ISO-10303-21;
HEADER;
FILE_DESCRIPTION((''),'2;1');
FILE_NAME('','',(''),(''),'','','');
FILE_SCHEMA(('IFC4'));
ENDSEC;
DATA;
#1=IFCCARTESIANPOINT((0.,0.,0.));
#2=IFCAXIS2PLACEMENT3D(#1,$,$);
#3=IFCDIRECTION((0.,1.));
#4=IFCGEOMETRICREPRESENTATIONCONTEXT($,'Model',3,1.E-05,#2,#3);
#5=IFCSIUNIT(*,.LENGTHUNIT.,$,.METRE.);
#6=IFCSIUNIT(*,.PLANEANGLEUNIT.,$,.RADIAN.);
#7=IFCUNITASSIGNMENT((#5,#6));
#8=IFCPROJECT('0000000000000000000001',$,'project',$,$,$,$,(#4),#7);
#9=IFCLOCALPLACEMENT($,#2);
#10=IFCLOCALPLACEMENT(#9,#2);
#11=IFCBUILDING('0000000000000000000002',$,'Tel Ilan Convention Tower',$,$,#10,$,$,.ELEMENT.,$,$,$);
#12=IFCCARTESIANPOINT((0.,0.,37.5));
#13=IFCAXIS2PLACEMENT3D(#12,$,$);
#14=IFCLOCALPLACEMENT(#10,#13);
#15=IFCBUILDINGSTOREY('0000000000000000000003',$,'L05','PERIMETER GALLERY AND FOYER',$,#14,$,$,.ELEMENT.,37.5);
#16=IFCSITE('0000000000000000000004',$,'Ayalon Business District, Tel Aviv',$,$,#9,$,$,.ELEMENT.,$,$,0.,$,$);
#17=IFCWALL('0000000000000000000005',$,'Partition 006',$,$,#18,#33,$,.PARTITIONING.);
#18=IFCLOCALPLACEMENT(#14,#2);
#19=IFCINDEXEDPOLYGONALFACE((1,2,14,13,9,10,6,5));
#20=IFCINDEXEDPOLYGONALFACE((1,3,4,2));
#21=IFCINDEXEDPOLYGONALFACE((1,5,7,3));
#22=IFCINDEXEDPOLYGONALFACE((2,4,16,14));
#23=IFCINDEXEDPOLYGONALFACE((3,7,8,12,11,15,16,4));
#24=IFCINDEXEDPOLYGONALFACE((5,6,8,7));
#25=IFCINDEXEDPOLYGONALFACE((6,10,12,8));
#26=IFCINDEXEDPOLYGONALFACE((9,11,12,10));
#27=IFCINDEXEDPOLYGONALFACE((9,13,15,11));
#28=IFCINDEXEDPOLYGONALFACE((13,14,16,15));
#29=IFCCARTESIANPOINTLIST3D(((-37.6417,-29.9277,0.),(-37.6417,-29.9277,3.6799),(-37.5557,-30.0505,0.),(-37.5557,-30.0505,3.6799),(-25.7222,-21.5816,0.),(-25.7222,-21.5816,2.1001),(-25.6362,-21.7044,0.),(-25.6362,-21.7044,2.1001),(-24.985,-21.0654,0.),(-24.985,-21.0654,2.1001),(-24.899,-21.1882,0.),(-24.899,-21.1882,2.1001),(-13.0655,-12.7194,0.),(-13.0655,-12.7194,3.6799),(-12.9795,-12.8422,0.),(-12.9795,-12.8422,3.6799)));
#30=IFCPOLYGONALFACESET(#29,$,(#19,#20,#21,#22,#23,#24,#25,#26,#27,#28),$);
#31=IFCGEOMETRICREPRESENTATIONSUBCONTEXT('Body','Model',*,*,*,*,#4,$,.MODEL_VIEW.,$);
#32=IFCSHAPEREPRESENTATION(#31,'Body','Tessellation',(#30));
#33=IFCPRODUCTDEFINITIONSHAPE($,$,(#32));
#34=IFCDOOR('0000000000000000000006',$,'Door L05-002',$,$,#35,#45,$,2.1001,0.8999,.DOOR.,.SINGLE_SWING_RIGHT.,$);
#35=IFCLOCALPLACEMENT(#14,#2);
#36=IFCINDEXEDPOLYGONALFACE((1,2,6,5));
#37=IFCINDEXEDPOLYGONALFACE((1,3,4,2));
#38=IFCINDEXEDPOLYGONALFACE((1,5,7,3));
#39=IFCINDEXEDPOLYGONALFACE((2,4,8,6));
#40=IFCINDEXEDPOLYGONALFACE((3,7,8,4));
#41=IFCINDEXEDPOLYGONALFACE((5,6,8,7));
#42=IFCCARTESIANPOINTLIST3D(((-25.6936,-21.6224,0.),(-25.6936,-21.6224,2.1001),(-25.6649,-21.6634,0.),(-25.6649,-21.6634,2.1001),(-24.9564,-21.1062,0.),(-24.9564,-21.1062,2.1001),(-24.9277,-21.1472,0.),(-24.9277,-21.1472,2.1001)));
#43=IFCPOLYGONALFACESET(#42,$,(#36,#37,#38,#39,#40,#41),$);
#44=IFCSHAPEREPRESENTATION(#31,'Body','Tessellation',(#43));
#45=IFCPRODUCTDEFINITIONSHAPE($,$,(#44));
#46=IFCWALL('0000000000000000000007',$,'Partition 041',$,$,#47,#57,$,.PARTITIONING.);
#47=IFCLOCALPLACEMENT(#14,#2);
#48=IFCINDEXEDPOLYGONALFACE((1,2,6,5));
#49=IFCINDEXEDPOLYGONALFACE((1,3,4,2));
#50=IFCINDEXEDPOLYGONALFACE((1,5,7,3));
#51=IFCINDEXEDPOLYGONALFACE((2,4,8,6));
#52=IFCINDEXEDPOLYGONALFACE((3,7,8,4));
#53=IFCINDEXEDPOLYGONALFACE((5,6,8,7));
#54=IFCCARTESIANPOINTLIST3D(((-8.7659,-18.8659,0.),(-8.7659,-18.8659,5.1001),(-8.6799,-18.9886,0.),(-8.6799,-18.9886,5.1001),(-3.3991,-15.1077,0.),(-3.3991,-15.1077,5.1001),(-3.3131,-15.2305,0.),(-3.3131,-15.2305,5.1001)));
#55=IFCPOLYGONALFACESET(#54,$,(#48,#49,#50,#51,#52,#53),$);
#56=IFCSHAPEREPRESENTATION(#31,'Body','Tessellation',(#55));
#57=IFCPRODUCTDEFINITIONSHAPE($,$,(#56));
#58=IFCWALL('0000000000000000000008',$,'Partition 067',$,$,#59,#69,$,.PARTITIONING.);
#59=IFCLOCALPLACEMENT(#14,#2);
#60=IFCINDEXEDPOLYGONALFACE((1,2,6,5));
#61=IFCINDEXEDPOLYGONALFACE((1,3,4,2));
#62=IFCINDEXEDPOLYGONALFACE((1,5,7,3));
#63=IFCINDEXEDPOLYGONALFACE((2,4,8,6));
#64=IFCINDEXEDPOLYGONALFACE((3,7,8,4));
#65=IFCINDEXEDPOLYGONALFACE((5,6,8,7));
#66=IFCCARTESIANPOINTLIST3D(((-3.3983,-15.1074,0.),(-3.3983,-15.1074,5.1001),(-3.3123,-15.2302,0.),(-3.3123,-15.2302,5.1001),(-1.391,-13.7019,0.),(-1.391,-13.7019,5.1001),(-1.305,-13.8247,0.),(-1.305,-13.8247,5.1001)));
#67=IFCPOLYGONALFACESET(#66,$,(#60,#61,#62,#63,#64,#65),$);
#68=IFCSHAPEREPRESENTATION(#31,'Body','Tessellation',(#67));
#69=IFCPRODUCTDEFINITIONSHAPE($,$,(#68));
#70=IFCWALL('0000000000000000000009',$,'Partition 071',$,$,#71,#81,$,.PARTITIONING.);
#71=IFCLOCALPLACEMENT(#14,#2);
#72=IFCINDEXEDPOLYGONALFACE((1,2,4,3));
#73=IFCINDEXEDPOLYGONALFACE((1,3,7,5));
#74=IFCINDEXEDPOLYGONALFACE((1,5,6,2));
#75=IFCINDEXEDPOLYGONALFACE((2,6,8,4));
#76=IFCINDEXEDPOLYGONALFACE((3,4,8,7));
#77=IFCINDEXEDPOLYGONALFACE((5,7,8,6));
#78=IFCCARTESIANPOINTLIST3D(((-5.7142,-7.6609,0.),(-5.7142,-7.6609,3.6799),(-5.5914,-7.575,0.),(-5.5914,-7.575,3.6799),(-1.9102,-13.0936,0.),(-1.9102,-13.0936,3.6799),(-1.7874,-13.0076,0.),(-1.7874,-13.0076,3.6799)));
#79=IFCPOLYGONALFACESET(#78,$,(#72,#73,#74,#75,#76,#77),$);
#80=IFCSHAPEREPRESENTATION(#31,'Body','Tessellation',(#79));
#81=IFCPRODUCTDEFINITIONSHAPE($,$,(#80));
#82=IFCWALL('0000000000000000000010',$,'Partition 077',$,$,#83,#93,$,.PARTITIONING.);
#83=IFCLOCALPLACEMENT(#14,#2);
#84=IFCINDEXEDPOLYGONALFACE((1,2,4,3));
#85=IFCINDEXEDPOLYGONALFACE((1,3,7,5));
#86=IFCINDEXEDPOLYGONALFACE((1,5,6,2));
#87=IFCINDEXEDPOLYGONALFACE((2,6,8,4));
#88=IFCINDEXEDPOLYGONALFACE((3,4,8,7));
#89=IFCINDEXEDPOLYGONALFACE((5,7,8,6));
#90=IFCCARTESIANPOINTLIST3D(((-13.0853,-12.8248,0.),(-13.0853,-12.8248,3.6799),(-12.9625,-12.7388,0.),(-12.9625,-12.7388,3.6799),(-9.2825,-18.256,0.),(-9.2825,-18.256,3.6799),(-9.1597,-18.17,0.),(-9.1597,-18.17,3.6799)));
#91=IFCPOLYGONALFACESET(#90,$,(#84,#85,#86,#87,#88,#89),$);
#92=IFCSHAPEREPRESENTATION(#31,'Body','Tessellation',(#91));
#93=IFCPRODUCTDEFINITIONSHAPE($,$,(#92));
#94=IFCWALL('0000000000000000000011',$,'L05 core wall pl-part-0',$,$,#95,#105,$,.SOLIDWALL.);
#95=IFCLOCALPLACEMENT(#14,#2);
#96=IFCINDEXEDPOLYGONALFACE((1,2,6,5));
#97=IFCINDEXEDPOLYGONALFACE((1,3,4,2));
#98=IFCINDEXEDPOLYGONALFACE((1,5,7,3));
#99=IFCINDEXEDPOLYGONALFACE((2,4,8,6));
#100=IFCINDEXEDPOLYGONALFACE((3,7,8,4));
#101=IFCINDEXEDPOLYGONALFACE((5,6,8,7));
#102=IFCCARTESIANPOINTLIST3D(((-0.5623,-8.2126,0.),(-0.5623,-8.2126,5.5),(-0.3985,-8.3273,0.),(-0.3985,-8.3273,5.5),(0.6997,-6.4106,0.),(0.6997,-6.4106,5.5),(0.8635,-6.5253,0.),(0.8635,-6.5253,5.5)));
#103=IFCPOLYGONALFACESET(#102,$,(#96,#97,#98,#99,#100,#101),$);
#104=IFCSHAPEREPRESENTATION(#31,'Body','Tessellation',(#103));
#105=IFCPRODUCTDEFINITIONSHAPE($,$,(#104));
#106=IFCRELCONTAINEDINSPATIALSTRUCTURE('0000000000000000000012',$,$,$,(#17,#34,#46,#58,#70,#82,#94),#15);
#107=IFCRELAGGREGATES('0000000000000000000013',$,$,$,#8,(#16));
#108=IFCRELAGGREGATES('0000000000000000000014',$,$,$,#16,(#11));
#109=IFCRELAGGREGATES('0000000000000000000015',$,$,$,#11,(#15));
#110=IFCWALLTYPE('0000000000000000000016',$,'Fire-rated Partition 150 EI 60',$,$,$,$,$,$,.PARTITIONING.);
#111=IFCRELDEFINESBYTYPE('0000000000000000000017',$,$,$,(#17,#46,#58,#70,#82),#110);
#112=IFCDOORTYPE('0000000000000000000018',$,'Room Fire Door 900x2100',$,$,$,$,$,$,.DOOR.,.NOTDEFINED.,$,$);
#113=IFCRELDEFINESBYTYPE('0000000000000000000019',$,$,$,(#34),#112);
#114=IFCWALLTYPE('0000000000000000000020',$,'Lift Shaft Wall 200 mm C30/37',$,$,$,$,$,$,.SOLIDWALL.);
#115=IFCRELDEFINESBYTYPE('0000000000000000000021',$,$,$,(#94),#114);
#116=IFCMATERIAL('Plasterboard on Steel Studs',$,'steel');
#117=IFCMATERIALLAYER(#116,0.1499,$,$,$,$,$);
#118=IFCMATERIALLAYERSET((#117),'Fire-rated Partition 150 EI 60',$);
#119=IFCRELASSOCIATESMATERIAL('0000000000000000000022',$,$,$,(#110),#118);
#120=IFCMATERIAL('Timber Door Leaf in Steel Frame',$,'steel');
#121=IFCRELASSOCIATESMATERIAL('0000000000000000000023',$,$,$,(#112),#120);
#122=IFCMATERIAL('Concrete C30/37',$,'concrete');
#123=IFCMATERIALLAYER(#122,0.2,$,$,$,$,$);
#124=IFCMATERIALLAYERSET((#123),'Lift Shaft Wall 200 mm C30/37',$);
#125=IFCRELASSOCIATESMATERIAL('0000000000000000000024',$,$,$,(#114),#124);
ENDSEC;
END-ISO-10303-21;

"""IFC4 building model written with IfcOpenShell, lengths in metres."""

from ifc_helpers import new_model, si_unit, direction, frame, frame_2d, origin, place, context, subcontext, project, spatial, rectangle, extrude, material, layer, layer_set, type_object, element, fill, save


model = new_model("IFC4")

# Units and contexts
model_context = context("Model", 3, precision=1e-05, world=origin(), true_north=direction((0.0, 1.0)))
body_context = subcontext(model_context, "Body", "Model", "MODEL_VIEW")
ifc_project = project(units=[si_unit("LENGTHUNIT", "METRE"), si_unit("PLANEANGLEUNIT", "RADIAN")], contexts=[model_context])

# Site, building, storey
site_placement = place(None, origin())
site = spatial("IfcSite", under=ifc_project, at=site_placement, Name="Ayalon Business District, Tel Aviv", CompositionType="ELEMENT", RefElevation=0.0)
building_placement = place(site_placement, origin())
building = spatial("IfcBuilding", under=site, at=building_placement, Name="Tel Ilan Convention Tower", CompositionType="ELEMENT")
storey_placement = place(building_placement, frame((0.0, 0.0, 37.5)))
storey = spatial("IfcBuildingStorey", under=building, at=storey_placement, Name="L05", Description="PERIMETER GALLERY AND FOYER", CompositionType="ELEMENT", Elevation=37.5)

# Wall, opening, door
ifc_material_1 = material(Name="Plasterboard on Steel Studs", Category="steel")
ifc_layer_1 = layer(ifc_material_1, 0.1499)
ifc_layer_set_1 = layer_set([ifc_layer_1], Name="Fire-rated Partition 150 EI 60")
wall_type_1 = type_object("IfcWallType", Name="Fire-rated Partition 150 EI 60", PredefinedType="PARTITIONING", material=ifc_layer_set_1)
wall_1_placement = place(storey_placement, frame((-13.0225, -12.7808, 0.0), z_axis=(0.0, 0.0, 1.0), x_axis=(-0.819155, -0.573573, 0.0)))
wall_1 = element("IfcWall", 1, at=wall_1_placement, inside=storey, type_object=wall_type_1, Name="Partition 006", PredefinedType="PARTITIONING", context=body_context, shape_type="SweptSolid", body=[
    extrude(rectangle(XDim=30.002, YDim=0.1499, at=frame_2d((15.001, 0.0))), origin(), (0.0, 0.0, 1.0), 3.6799),
])
opening_1_placement = place(wall_1_placement, frame((14.551, 0.0, 0.0)))
opening_1 = element("IfcOpeningElement", 2, at=opening_1_placement, cuts=wall_1, PredefinedType="OPENING", context=body_context, shape_type="SweptSolid", body=[
    extrude(rectangle(XDim=0.8999, YDim=2.1001, at=frame_2d((0.45, 1.05))), frame((0.0, 0.085, 0.0), z_axis=(0.0, -1.0, 0.0), x_axis=(1.0, 0.0, 0.0)), (0.0, 0.0, 1.0), 0.1699),
])
ifc_material_2 = material(Name="Timber Door Leaf in Steel Frame", Category="steel")
door_type_1 = type_object("IfcDoorType", Name="Room Fire Door 900x2100", OperationType="NOTDEFINED", PredefinedType="DOOR", material=ifc_material_2)
door_1_placement = place(opening_1_placement, origin())
door_1 = element("IfcDoor", 3, at=door_1_placement, inside=storey, type_object=door_type_1, Name="Door L05-002", OperationType="SINGLE_SWING_RIGHT", OverallHeight=2.1001, OverallWidth=0.8999, PredefinedType="DOOR", context=body_context, shape_type="SweptSolid", body=[
    extrude(rectangle(XDim=0.8999, YDim=2.1001, at=frame_2d((0.45, 1.05))), frame((0.0, 0.0249, 0.0), z_axis=(0.0, -1.0, 0.0), x_axis=(1.0, 0.0, 0.0)), (0.0, 0.0, 1.0), 0.05),
])
fill(opening_1, door_1)

# Walls
wall_2_placement = place(storey_placement, frame((-8.7229, -18.9272, 0.0), z_axis=(0.0, 0.0, 1.0), x_axis=(0.819134, 0.573602, 0.0)))
element("IfcWall", 4, at=wall_2_placement, inside=storey, type_object=wall_type_1, Name="Partition 041", PredefinedType="PARTITIONING", context=body_context, shape_type="SweptSolid", body=[
    extrude(rectangle(XDim=6.5518, YDim=0.1499, at=frame_2d((3.2759, 0.0))), origin(), (0.0, 0.0, 1.0), 5.1001),
])
wall_3_placement = place(storey_placement, frame((-3.3552, -15.1687, 0.0), z_axis=(0.0, 0.0, 1.0), x_axis=(0.819157, 0.573569, 0.0)))
element("IfcWall", 5, at=wall_3_placement, inside=storey, type_object=wall_type_1, Name="Partition 067", PredefinedType="PARTITIONING", context=body_context, shape_type="SweptSolid", body=[
    extrude(rectangle(XDim=2.4504, YDim=0.1499, at=frame_2d((1.2251, 0.0))), origin(), (0.0, 0.0, 1.0), 5.1001),
])
wall_4_placement = place(storey_placement, frame((-1.8489, -13.0505, 0.0), z_axis=(0.0, 0.0, 1.0), x_axis=(-0.573576, 0.819152, 0.0)))
element("IfcWall", 6, at=wall_4_placement, inside=storey, type_object=wall_type_1, Name="Partition 071", PredefinedType="PARTITIONING", context=body_context, shape_type="SweptSolid", body=[
    extrude(rectangle(XDim=6.6321, YDim=0.1499, at=frame_2d((3.3159, 0.0))), origin(), (0.0, 0.0, 1.0), 3.6799),
])
wall_5_placement = place(storey_placement, frame((-9.2212, -18.2129, 0.0), z_axis=(0.0, 0.0, 1.0), x_axis=(-0.573556, 0.819166, 0.0)))
element("IfcWall", 7, at=wall_5_placement, inside=storey, type_object=wall_type_1, Name="Partition 077", PredefinedType="PARTITIONING", context=body_context, shape_type="SweptSolid", body=[
    extrude(rectangle(XDim=6.6301, YDim=0.1499, at=frame_2d((3.3149, 0.0))), origin(), (0.0, 0.0, 1.0), 3.6799),
])
ifc_material_3 = material(Name="Concrete C30/37", Category="concrete")
ifc_layer_2 = layer(ifc_material_3, 0.2)
ifc_layer_set_2 = layer_set([ifc_layer_2], Name="Lift Shaft Wall 200 mm C30/37")
wall_type_2 = type_object("IfcWallType", Name="Lift Shaft Wall 200 mm C30/37", PredefinedType="SOLIDWALL", material=ifc_layer_set_2)
wall_6_placement = place(storey_placement, frame((-0.4805, -8.27, 0.0), z_axis=(0.0, 0.0, 1.0), x_axis=(0.573634, 0.819112, 0.0)))
element("IfcWall", 8, at=wall_6_placement, inside=storey, type_object=wall_type_2, Name="L05 core wall pl-part-0", PredefinedType="SOLIDWALL", context=body_context, shape_type="SweptSolid", body=[
    extrude(rectangle(XDim=2.2, YDim=0.2, at=frame_2d((1.1001, 0.0))), origin(), (0.0, 0.0, 1.0), 5.5),
])

save(model, "model.ifc")
